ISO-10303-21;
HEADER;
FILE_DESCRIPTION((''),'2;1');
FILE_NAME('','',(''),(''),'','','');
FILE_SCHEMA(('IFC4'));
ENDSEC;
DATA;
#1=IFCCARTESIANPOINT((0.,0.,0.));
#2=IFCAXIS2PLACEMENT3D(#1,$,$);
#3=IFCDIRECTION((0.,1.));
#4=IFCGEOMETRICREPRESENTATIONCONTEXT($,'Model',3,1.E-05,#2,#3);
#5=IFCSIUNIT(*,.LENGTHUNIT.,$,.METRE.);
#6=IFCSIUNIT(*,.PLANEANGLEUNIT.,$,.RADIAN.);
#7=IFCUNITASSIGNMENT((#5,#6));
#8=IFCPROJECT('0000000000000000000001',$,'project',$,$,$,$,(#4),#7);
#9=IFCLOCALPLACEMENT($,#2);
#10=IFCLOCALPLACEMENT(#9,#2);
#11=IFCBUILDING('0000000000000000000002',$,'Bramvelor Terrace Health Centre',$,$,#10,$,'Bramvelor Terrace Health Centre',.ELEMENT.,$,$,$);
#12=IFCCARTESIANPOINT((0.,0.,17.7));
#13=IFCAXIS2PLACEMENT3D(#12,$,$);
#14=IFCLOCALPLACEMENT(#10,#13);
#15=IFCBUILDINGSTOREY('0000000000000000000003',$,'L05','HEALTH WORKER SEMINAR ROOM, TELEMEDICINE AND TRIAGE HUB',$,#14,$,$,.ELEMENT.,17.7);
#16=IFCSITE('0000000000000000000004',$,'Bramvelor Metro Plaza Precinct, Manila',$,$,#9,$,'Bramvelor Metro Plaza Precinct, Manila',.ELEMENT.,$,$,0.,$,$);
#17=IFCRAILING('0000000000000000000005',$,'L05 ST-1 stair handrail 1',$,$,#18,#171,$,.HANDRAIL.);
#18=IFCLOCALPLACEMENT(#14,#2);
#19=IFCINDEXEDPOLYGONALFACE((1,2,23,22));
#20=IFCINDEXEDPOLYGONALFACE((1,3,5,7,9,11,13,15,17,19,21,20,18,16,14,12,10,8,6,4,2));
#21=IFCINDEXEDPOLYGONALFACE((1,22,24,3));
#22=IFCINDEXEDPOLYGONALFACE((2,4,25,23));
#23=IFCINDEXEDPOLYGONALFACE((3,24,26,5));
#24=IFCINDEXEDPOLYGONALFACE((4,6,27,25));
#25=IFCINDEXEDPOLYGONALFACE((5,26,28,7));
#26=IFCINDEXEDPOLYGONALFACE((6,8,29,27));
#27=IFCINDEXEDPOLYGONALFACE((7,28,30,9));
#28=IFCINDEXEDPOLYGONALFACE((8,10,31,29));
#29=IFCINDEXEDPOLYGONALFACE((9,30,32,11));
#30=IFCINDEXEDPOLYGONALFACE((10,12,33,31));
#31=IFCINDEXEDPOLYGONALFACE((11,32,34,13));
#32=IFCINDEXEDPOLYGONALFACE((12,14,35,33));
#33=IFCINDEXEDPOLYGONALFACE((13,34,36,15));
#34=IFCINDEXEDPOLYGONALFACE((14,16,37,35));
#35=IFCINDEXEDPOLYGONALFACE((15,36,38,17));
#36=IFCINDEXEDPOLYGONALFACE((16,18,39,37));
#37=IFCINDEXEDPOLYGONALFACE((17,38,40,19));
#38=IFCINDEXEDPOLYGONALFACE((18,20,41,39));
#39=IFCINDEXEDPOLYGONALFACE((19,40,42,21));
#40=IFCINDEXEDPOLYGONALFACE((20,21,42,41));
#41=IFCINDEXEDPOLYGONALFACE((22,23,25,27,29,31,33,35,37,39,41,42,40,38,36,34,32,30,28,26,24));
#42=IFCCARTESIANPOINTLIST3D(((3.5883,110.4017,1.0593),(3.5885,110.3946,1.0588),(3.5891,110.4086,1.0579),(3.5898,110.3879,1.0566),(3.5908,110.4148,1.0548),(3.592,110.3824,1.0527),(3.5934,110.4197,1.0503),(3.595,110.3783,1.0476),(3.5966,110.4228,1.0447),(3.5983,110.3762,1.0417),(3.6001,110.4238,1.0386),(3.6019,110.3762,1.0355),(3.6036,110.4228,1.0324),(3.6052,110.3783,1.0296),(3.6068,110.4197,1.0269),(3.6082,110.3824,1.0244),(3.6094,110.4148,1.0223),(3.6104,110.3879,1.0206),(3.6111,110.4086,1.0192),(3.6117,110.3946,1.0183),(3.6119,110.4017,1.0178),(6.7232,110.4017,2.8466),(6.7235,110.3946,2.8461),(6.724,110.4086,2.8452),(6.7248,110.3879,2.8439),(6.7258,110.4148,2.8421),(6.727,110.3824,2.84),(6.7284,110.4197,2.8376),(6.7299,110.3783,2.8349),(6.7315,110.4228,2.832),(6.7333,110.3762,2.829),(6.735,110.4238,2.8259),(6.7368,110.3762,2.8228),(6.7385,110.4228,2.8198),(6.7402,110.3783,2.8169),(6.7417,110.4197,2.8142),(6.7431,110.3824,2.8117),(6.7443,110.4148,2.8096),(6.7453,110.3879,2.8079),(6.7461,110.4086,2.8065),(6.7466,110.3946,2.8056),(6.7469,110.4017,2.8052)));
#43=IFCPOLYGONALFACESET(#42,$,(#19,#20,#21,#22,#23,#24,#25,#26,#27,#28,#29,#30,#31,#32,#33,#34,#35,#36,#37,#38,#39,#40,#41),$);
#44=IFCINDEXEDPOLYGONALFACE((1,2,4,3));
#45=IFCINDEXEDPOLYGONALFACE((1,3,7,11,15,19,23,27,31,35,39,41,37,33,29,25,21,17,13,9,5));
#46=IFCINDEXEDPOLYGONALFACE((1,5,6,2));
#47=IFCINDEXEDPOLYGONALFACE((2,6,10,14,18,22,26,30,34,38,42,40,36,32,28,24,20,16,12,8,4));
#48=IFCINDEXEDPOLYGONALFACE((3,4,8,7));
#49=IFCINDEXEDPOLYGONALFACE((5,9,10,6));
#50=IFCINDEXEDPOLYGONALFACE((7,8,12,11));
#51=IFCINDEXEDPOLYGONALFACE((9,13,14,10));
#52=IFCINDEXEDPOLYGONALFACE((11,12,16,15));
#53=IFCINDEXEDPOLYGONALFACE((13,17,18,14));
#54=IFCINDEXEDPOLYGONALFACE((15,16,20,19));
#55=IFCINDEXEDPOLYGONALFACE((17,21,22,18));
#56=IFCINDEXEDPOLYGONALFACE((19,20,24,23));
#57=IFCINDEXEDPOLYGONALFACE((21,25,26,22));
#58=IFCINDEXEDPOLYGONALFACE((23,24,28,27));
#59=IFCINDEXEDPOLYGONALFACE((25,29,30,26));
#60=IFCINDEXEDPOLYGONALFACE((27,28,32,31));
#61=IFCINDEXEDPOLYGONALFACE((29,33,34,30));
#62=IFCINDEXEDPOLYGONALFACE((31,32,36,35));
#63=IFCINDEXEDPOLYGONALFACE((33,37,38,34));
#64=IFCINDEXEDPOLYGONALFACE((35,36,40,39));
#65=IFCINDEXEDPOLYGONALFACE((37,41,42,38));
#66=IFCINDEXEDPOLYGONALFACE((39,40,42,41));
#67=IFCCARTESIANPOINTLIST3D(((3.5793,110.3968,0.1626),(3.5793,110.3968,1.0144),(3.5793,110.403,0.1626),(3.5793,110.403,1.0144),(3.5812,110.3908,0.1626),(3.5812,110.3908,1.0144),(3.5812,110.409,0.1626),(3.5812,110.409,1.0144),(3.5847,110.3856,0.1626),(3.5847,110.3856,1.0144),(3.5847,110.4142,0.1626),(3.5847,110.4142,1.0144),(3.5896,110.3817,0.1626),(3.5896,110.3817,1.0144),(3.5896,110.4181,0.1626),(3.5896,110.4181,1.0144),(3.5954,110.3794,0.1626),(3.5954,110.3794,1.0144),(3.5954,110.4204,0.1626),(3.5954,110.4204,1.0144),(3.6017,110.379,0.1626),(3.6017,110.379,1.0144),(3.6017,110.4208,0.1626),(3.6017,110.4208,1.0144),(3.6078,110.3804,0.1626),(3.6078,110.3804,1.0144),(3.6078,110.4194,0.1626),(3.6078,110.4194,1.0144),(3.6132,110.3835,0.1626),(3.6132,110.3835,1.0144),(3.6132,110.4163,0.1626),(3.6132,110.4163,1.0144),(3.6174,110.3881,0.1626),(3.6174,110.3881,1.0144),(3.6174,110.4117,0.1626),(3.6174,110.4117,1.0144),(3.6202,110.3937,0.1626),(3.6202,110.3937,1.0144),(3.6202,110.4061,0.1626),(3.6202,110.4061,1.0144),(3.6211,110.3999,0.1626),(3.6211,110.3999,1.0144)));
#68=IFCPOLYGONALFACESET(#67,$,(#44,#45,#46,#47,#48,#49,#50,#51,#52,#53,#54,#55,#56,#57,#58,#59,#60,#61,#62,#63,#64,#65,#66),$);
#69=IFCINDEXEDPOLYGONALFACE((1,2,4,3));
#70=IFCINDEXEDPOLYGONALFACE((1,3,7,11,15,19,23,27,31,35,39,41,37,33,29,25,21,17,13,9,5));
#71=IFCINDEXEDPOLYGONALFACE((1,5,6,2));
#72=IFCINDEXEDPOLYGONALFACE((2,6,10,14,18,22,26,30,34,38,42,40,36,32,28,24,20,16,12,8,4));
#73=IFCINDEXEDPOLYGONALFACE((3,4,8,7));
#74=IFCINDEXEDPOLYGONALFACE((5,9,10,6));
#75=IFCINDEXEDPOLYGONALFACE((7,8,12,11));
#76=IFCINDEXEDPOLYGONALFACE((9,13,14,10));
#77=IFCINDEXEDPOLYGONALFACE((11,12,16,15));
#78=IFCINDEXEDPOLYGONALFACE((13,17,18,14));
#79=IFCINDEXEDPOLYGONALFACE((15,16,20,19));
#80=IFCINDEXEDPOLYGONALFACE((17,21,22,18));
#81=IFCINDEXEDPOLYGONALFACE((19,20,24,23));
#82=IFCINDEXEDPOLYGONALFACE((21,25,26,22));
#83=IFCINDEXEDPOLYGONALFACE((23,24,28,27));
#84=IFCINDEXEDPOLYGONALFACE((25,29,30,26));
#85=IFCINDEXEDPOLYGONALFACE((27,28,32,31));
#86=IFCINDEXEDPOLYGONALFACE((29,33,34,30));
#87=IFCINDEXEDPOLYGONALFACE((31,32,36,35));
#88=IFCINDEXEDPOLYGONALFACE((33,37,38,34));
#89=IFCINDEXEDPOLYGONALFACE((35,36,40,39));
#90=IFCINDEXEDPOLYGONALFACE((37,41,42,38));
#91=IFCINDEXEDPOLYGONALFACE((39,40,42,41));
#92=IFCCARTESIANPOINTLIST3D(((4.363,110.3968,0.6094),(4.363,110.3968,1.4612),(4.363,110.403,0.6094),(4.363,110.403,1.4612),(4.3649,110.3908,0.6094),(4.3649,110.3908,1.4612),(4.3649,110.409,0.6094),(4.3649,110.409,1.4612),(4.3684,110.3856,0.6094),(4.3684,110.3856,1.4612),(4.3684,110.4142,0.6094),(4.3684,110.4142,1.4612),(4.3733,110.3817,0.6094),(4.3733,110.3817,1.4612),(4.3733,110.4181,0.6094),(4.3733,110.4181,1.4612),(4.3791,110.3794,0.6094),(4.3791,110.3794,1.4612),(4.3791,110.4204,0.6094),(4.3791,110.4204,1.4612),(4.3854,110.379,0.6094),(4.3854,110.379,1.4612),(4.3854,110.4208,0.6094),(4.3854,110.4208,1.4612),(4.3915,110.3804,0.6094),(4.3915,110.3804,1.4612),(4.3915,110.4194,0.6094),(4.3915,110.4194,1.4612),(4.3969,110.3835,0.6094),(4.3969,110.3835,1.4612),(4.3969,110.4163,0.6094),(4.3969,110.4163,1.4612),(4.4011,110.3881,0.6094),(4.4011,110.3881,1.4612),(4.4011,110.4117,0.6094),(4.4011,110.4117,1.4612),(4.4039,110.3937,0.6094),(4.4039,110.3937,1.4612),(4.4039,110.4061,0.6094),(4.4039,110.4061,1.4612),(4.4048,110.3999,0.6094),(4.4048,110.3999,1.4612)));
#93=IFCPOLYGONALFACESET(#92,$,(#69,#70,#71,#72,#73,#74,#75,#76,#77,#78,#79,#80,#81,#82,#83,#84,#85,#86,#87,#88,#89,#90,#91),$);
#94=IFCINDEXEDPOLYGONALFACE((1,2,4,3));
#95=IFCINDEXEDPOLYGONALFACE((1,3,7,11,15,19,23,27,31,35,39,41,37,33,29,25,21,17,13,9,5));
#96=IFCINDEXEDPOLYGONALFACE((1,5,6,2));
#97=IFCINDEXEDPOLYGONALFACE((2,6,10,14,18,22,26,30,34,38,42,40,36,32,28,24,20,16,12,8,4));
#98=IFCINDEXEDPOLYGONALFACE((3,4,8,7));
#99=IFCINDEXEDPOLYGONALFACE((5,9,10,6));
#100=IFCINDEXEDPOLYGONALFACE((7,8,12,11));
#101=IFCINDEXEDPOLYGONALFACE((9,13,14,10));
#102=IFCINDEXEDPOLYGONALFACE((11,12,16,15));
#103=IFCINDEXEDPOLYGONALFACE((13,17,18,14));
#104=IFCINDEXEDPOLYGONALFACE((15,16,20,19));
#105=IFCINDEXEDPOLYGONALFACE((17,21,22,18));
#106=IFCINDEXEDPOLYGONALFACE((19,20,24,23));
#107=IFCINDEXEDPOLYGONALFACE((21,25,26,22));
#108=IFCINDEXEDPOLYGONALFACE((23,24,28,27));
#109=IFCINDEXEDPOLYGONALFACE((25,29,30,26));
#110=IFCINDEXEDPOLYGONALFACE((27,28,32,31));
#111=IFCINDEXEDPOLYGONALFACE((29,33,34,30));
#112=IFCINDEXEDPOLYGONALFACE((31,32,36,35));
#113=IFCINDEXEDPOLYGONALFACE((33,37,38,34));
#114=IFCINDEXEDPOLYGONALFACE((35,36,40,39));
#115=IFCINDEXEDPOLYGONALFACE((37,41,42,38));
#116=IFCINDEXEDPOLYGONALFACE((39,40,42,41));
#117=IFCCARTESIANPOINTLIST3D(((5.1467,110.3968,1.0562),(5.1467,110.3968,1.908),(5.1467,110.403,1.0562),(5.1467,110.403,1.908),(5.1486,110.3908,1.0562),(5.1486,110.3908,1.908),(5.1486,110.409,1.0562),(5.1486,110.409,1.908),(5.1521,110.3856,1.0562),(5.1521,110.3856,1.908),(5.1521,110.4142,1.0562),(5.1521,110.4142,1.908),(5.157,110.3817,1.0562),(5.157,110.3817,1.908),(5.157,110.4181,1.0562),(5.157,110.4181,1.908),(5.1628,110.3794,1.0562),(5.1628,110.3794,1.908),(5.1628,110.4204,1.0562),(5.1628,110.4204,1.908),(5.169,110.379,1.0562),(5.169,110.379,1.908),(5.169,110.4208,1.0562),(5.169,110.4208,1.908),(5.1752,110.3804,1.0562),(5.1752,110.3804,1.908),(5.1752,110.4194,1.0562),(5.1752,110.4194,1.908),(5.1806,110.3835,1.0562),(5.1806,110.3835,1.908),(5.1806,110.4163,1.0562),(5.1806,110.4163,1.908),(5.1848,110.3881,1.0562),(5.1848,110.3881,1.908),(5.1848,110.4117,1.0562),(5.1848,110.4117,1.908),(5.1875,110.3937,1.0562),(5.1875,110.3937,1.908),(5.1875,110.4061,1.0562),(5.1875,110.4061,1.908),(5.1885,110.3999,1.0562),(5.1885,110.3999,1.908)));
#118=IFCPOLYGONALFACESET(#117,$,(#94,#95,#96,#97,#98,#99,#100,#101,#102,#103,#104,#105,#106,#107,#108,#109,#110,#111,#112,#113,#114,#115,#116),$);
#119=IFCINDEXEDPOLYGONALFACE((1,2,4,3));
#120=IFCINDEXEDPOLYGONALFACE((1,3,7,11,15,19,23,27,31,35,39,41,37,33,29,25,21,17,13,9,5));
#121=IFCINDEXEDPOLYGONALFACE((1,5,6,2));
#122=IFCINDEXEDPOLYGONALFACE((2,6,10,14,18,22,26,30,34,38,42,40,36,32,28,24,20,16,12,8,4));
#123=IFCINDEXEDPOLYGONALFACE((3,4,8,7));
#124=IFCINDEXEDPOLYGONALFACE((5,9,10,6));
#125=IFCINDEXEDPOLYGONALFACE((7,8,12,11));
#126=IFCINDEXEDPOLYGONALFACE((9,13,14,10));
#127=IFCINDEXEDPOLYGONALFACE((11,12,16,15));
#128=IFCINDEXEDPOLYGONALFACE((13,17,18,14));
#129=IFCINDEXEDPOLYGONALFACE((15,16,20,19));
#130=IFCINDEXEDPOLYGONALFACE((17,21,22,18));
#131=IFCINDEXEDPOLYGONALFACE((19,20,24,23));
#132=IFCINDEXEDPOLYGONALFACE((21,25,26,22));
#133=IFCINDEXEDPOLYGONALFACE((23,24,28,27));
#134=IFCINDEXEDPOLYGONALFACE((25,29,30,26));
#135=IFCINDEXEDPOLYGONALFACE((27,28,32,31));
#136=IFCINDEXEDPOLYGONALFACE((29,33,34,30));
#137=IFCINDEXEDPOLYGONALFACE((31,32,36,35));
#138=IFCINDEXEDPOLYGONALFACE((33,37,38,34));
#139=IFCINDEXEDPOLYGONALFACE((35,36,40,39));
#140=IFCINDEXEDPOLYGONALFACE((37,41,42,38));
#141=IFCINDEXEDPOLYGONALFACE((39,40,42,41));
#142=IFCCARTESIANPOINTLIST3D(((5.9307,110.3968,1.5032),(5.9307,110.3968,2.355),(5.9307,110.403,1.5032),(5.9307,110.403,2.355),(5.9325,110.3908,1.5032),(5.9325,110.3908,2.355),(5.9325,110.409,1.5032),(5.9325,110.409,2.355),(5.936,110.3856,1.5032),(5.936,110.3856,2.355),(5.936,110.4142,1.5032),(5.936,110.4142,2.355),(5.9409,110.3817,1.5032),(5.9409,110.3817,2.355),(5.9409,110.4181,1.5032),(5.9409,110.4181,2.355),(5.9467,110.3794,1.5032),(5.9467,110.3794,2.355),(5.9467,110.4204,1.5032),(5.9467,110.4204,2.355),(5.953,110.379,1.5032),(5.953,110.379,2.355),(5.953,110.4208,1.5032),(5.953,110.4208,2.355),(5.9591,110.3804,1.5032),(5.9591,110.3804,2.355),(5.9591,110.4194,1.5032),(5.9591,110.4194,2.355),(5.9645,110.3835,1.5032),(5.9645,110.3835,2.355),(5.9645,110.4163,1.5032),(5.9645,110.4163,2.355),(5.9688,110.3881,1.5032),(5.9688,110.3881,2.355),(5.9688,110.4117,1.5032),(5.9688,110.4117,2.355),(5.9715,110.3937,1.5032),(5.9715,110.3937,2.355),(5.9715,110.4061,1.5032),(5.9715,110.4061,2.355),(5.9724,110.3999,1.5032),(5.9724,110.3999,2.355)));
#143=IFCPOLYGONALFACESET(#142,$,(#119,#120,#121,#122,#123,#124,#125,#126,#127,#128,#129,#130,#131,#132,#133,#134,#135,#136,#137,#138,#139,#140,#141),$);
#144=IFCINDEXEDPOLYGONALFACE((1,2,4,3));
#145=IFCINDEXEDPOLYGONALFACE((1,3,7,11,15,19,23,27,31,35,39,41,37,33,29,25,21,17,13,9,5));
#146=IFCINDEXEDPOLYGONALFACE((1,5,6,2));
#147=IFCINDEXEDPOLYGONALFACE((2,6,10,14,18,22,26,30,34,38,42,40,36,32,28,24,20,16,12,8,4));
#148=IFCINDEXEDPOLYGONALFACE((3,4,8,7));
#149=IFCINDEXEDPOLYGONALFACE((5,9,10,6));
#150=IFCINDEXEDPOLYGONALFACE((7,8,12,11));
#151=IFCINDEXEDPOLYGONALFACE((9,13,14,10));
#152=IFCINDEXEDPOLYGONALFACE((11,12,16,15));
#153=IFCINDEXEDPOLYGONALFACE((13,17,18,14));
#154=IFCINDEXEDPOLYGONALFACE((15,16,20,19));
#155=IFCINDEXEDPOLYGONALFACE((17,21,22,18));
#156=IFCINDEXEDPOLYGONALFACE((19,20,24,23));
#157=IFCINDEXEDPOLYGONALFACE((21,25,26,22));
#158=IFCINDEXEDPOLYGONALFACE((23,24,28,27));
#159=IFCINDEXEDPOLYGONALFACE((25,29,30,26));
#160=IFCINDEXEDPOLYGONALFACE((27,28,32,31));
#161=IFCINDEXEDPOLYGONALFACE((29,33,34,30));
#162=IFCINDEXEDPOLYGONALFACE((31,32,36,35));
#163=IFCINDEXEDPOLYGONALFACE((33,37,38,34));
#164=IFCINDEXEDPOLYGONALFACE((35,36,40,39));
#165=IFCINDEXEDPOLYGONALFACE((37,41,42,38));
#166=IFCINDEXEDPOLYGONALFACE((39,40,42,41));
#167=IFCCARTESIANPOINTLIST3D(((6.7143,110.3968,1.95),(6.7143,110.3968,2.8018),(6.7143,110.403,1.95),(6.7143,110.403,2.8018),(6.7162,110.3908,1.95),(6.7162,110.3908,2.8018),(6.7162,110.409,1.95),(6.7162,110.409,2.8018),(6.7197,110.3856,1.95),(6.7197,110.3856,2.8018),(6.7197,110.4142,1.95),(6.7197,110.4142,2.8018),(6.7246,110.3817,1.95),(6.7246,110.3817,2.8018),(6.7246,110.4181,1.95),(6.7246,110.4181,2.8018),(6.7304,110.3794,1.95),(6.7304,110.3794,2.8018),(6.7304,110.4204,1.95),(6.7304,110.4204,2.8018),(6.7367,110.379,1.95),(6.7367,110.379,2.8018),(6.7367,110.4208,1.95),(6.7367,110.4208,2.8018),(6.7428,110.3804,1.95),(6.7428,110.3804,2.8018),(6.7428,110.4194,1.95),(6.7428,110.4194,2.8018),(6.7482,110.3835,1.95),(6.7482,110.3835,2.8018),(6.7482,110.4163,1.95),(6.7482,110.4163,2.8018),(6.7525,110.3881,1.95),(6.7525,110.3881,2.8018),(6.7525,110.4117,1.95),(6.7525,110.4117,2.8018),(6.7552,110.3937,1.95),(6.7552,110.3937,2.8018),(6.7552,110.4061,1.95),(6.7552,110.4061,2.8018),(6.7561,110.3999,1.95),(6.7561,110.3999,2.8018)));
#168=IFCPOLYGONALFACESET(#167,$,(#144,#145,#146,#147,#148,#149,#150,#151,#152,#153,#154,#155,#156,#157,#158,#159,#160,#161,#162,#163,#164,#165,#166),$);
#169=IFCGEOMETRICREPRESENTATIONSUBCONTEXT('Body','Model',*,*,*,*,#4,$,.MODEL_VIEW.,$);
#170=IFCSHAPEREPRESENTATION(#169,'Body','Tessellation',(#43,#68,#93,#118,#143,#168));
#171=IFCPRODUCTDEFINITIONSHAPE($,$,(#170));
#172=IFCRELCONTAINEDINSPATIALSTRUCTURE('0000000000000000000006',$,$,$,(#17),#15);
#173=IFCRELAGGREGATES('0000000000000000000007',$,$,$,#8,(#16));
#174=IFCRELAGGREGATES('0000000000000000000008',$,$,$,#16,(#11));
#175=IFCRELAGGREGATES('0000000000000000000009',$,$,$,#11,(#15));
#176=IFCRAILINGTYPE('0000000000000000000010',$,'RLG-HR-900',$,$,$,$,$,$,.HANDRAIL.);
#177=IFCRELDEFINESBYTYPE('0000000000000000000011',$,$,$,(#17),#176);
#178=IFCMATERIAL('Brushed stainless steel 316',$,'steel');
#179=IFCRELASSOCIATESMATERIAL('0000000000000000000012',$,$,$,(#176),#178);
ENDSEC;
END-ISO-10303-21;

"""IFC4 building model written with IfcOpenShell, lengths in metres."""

from ifc_helpers import new_model, si_unit, direction, frame, origin, origin_2d, place, context, subcontext, project, spatial, circle, extrude, material, type_object, element, save


model = new_model("IFC4")

# Units and contexts
model_context = context("Model", 3, precision=1e-05, world=origin(), true_north=direction((0.0, 1.0)))
body_context = subcontext(model_context, "Body", "Model", "MODEL_VIEW")
ifc_project = project(units=[si_unit("LENGTHUNIT", "METRE"), si_unit("PLANEANGLEUNIT", "RADIAN")], contexts=[model_context])

# Site, building, storey
site_placement = place(None, origin())
site = spatial("IfcSite", under=ifc_project, at=site_placement, Name="Bramvelor Metro Plaza Precinct, Manila", LongName="Bramvelor Metro Plaza Precinct, Manila", CompositionType="ELEMENT", RefElevation=0.0)
building_placement = place(site_placement, origin())
building = spatial("IfcBuilding", under=site, at=building_placement, Name="Bramvelor Terrace Health Centre", LongName="Bramvelor Terrace Health Centre", CompositionType="ELEMENT")
storey_placement = place(building_placement, frame((0.0, 0.0, 17.7)))
storey = spatial("IfcBuildingStorey", under=building, at=storey_placement, Name="L05", Description="HEALTH WORKER SEMINAR ROOM, TELEMEDICINE AND TRIAGE HUB", CompositionType="ELEMENT", Elevation=17.7)

# Railing
ifc_material_1 = material(Name="Brushed stainless steel 316", Category="steel")
railing_type_1 = type_object("IfcRailingType", Name="RLG-HR-900", PredefinedType="HANDRAIL", material=ifc_material_1)
railing_1_placement = place(storey_placement, frame((3.6001, 110.3999, 0.1626)))
element("IfcRailing", 1, at=railing_1_placement, inside=storey, type_object=railing_type_1, Name="L05 ST-1 stair handrail 1", PredefinedType="HANDRAIL", context=body_context, shape_type="SweptSolid", body=[
    extrude(circle(Radius=0.0239, at=origin_2d()), frame((0.0, 0.0, 0.876), z_axis=(0.86873, 0.0, 0.495286), x_axis=(0.0, 1.0, 0.0)), (0.0, 0.0, 1.0), 3.6086),
    extrude(circle(Radius=0.021, at=origin_2d()), origin(), (0.0, 0.0, 1.0), 0.8518),
    extrude(circle(Radius=0.021, at=origin_2d()), frame((0.7837, 0.0, 0.4468)), (0.0, 0.0, 1.0), 0.8518),
    extrude(circle(Radius=0.021, at=origin_2d()), frame((1.5674, 0.0, 0.8936)), (0.0, 0.0, 1.0), 0.8518),
    extrude(circle(Radius=0.021, at=origin_2d()), frame((2.3513, 0.0, 1.3406)), (0.0, 0.0, 1.0), 0.8518),
    extrude(circle(Radius=0.021, at=origin_2d()), frame((3.135, 0.0, 1.7874)), (0.0, 0.0, 1.0), 0.8518),
])

save(model, "model.ifc")
